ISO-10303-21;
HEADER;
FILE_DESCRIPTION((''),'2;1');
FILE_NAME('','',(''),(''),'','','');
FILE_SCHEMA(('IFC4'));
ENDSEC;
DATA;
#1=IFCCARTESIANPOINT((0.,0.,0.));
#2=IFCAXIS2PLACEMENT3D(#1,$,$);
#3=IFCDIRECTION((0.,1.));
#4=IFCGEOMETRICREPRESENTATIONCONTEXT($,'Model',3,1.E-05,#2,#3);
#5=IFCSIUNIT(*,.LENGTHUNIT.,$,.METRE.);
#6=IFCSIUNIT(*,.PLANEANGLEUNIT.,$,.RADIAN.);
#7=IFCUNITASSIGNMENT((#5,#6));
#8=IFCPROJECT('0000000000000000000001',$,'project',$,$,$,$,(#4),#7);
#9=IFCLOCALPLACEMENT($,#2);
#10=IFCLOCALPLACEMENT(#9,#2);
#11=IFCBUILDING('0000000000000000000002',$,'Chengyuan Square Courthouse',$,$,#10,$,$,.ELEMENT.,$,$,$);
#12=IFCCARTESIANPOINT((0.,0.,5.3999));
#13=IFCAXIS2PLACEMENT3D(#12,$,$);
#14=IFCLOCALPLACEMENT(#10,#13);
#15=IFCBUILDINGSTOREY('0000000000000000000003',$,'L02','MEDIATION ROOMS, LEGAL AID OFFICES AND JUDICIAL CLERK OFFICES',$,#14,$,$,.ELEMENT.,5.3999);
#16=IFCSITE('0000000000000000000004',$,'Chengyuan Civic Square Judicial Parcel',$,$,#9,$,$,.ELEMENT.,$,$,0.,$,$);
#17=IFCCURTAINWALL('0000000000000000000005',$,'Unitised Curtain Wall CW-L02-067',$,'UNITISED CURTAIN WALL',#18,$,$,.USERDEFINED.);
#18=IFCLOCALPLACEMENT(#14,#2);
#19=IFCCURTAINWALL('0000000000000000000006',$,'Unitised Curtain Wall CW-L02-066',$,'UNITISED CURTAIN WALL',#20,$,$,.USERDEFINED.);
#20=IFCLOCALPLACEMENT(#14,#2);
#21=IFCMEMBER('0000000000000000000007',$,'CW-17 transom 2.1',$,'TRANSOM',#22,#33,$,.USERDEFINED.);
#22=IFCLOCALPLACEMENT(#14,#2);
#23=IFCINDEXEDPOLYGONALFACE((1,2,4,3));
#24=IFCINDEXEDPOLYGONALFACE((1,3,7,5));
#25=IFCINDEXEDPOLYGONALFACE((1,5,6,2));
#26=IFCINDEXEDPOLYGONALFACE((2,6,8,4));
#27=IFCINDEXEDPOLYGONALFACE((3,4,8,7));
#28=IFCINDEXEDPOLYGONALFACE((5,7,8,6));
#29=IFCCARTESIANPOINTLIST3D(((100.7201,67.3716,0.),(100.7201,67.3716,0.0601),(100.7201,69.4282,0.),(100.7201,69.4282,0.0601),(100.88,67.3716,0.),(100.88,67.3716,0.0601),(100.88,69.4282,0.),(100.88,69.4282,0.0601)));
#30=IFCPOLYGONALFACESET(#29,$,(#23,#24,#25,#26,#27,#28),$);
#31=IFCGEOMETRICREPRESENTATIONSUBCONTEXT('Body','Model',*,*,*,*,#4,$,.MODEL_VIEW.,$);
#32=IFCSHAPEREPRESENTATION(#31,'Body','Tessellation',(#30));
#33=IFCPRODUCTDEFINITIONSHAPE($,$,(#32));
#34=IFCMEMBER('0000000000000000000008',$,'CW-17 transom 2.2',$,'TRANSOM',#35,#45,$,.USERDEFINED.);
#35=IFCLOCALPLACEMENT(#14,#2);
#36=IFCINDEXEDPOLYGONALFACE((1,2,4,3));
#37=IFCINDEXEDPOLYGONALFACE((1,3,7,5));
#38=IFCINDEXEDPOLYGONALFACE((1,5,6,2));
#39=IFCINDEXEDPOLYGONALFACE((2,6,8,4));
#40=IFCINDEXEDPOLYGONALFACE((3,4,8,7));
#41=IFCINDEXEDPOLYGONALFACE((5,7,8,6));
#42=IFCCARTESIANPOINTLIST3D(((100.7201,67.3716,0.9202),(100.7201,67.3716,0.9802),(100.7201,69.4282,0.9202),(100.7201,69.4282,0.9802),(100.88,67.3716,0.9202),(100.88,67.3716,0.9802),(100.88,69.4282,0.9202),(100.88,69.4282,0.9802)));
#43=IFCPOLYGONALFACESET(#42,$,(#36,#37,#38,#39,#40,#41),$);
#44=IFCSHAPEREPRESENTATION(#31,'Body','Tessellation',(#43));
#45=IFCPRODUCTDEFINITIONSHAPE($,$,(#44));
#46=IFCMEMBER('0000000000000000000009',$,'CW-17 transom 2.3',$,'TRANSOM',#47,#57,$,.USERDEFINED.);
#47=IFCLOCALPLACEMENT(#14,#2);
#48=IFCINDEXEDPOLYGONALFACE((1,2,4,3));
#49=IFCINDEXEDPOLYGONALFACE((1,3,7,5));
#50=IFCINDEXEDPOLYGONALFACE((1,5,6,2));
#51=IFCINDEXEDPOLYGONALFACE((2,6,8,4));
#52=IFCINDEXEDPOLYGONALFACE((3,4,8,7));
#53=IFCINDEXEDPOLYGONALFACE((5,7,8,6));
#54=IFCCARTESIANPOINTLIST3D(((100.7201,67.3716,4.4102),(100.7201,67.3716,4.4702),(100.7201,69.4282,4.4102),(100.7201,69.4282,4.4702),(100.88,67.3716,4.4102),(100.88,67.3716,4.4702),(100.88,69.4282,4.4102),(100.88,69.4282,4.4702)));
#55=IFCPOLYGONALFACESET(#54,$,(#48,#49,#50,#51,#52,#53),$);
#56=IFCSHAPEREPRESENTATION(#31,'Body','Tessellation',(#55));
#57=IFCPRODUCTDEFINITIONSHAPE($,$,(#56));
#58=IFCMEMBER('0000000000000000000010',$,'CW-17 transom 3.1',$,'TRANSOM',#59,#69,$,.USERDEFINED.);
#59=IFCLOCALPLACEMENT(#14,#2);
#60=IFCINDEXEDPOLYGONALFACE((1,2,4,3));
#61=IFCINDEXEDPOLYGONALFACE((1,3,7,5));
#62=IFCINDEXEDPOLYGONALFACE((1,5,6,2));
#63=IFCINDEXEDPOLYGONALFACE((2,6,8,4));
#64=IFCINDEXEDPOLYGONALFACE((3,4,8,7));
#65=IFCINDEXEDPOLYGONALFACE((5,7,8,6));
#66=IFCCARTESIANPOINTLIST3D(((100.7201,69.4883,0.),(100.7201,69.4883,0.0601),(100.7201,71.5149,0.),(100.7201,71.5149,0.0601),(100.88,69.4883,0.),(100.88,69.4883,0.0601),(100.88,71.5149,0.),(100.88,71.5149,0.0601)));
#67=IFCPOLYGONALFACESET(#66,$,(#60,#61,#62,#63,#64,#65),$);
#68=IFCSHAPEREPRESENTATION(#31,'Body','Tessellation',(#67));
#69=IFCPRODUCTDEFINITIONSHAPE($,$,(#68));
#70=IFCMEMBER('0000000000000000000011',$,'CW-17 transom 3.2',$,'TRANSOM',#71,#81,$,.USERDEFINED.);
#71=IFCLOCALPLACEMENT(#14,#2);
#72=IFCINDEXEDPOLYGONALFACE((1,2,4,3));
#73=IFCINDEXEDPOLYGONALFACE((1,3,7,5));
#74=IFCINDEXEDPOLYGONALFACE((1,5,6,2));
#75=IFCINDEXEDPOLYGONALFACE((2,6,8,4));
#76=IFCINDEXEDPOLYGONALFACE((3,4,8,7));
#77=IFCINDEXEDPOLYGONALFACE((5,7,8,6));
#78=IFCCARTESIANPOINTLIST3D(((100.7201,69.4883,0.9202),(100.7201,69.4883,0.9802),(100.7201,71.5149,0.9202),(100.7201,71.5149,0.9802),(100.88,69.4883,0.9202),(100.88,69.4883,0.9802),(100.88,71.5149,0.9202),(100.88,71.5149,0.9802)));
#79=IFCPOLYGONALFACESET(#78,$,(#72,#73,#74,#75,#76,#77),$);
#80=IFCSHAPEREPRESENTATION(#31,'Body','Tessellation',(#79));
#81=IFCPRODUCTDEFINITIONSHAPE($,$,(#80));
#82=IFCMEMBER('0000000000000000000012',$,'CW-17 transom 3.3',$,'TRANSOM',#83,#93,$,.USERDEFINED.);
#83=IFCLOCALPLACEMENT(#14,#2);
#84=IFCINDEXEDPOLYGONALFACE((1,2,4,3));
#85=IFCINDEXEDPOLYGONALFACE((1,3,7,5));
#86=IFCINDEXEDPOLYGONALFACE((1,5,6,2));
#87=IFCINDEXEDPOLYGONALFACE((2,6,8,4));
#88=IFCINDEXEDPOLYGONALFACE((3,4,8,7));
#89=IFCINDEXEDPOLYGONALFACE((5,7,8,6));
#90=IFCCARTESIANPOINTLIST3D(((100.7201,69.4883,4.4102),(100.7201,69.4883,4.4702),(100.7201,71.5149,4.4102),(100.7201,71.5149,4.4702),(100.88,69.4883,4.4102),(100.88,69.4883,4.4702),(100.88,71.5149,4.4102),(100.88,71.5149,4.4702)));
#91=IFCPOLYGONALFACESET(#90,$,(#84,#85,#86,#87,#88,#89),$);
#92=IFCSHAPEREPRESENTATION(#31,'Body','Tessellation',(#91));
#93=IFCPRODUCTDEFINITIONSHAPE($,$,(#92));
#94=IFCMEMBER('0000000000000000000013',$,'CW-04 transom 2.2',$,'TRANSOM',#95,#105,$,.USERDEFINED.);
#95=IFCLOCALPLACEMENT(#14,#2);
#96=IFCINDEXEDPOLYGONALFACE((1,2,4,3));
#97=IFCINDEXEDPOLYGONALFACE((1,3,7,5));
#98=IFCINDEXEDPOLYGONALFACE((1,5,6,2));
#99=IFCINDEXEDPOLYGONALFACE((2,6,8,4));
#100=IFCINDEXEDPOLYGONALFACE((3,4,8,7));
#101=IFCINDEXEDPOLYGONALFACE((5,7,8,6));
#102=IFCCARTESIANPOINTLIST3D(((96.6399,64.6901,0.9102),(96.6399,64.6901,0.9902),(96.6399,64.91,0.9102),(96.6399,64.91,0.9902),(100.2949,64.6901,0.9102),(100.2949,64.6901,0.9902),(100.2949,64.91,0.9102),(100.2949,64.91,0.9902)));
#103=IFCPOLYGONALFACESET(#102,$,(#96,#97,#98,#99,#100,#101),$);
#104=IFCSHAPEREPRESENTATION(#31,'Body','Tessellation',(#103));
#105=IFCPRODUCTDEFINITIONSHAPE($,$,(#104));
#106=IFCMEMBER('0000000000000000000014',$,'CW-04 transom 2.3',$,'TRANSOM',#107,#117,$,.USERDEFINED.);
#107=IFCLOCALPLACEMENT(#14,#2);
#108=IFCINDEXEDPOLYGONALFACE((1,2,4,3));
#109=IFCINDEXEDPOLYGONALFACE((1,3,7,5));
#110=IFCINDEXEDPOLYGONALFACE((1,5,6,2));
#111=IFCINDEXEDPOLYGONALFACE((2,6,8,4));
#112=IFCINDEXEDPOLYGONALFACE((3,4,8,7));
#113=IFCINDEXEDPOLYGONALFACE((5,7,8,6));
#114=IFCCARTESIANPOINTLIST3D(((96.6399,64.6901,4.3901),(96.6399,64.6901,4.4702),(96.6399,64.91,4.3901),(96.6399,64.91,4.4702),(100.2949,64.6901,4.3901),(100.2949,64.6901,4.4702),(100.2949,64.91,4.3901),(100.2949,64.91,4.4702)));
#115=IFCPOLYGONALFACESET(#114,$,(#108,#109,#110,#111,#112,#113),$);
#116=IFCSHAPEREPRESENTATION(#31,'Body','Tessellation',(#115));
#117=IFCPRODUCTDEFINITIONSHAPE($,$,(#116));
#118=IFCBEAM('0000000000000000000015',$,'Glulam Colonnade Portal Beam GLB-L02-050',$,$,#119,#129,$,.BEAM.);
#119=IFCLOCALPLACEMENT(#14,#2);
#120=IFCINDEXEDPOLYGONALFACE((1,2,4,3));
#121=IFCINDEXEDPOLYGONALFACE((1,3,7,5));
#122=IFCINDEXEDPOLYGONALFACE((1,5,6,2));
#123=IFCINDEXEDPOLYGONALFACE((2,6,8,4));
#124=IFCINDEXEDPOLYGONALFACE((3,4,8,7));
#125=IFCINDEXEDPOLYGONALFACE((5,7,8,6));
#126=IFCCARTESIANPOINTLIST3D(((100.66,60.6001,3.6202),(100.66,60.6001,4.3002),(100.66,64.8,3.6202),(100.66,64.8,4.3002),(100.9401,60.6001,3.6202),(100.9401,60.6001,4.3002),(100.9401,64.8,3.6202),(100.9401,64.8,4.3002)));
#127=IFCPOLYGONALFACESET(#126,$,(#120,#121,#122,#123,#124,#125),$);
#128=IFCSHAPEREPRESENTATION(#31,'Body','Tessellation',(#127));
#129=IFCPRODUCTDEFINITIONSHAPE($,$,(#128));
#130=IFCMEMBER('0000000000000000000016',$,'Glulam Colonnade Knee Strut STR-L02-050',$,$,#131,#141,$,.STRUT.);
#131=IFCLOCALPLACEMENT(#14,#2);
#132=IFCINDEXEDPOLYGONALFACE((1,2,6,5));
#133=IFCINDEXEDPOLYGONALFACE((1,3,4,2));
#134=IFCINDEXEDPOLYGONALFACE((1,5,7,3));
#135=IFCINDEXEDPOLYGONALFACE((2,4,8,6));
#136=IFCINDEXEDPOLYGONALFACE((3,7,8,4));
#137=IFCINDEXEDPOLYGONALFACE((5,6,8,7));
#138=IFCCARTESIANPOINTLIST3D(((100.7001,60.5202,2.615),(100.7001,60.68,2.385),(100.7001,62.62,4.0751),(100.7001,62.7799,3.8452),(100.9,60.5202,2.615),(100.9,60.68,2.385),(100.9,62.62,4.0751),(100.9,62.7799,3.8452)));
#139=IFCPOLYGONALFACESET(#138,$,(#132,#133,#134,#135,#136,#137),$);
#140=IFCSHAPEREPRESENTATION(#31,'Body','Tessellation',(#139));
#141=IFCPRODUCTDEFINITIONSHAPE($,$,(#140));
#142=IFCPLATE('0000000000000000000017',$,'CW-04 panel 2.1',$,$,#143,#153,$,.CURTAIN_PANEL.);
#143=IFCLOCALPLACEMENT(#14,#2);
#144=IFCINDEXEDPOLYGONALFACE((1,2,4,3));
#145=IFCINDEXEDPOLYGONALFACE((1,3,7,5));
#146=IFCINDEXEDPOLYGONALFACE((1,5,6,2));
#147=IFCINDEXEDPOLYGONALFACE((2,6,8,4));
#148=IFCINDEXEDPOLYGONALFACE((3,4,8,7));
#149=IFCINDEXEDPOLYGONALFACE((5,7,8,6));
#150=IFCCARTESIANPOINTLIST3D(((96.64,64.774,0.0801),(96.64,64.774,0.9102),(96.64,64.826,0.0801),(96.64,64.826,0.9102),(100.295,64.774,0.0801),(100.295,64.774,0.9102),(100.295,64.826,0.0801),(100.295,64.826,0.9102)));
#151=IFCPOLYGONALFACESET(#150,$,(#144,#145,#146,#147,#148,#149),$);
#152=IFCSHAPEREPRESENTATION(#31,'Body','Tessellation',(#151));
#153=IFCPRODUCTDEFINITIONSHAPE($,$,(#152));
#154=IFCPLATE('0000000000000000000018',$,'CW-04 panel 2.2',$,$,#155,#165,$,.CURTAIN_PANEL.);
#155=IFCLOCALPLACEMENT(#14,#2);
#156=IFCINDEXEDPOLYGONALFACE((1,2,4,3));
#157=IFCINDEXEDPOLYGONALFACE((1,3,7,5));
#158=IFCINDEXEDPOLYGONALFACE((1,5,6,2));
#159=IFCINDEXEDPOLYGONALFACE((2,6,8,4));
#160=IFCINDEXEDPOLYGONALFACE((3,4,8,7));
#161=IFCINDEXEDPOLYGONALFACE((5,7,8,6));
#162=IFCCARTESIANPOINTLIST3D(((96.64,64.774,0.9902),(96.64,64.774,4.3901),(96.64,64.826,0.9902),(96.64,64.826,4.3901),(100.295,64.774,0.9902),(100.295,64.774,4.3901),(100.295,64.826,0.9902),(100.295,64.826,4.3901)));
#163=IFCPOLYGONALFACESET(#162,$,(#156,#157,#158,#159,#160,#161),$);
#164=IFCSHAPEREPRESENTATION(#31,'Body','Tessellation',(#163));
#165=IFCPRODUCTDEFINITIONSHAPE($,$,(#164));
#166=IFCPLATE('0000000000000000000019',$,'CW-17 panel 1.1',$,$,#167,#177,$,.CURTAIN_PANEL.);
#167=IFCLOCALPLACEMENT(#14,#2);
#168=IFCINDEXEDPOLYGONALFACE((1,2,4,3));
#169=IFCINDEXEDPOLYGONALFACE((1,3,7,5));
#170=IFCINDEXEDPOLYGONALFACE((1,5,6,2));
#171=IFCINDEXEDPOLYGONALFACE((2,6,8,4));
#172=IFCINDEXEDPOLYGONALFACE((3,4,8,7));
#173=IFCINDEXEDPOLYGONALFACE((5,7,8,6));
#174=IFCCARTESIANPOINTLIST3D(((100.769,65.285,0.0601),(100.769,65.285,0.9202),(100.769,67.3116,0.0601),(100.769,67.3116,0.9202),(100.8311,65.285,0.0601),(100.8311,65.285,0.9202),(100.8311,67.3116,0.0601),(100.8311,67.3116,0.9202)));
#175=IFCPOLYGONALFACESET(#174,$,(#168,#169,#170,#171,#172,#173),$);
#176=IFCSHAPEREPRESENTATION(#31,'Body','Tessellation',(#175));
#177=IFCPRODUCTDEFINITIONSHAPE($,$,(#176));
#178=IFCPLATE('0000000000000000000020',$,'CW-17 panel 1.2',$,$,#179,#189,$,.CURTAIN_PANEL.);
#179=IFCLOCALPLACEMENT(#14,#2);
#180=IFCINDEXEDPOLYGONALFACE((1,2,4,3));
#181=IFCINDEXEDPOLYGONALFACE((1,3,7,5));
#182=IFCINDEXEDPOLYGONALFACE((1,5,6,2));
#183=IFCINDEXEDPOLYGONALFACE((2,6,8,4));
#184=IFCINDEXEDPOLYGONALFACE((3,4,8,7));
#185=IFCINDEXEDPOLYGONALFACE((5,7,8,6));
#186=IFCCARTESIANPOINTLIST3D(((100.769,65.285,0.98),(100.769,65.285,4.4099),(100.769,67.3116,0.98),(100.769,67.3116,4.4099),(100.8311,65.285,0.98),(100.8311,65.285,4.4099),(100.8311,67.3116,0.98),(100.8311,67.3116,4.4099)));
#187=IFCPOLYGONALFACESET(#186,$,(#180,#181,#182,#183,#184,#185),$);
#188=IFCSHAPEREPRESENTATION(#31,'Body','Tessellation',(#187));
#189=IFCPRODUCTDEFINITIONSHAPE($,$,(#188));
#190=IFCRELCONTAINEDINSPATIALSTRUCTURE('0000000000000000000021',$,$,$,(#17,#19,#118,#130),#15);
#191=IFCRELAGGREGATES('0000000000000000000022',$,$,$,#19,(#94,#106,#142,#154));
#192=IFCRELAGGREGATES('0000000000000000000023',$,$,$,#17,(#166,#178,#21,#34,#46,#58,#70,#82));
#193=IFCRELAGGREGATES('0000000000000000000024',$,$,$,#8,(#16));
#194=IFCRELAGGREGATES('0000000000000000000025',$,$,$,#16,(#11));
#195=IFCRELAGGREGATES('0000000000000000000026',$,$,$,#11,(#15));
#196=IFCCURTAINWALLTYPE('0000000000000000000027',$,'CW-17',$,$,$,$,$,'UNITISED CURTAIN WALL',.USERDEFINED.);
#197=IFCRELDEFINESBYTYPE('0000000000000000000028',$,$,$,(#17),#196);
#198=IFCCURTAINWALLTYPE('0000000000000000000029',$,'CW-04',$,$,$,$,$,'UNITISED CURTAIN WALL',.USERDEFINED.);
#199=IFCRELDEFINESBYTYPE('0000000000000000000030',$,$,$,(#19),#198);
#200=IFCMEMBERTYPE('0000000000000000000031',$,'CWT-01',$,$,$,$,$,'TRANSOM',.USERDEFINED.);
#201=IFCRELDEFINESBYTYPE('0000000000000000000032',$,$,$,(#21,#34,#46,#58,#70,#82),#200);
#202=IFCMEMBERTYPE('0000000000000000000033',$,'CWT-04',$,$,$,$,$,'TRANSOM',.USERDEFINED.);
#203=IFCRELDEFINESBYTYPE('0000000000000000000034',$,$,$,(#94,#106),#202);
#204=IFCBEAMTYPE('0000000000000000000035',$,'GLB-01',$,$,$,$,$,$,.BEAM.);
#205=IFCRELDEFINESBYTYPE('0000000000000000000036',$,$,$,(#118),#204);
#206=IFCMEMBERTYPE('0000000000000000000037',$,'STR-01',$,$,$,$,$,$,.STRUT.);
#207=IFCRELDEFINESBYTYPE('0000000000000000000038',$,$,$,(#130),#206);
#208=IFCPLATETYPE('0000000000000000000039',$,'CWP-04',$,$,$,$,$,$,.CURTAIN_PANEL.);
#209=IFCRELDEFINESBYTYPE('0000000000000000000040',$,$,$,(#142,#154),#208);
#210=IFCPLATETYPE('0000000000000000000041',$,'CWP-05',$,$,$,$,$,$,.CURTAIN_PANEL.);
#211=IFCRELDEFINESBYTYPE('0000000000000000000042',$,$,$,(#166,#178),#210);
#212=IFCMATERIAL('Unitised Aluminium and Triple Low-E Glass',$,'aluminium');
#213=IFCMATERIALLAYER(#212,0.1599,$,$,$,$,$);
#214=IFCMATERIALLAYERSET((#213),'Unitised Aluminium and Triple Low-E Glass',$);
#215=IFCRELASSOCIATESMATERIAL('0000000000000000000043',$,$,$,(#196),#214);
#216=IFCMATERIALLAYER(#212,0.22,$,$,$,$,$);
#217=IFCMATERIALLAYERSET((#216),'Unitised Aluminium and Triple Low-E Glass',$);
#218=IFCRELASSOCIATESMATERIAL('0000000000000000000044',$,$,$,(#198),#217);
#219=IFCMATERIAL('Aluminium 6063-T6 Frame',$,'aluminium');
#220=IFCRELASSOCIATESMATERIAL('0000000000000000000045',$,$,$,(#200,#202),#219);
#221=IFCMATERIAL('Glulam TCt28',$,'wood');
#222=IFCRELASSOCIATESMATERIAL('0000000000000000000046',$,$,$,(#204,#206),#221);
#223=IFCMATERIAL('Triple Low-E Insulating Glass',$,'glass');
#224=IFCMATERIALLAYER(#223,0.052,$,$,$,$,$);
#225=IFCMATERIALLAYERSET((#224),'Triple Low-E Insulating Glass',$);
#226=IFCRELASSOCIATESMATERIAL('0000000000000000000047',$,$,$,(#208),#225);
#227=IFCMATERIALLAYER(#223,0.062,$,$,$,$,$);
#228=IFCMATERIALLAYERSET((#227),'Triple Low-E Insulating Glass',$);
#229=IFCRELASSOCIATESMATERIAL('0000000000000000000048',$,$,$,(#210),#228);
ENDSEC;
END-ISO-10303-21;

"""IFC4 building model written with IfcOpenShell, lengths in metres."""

from ifc_helpers import new_model, si_unit, direction, frame, origin, origin_2d, place, context, subcontext, project, spatial, rectangle, extrude, material, layer, layer_set, material_profile, profile_set, type_object, element, aggregate, save


model = new_model("IFC4")

# Units and contexts
model_context = context("Model", 3, precision=1e-05, world=origin(), true_north=direction((0.0, 1.0)))
body_context = subcontext(model_context, "Body", "Model", "MODEL_VIEW")
ifc_project = project(units=[si_unit("LENGTHUNIT", "METRE"), si_unit("PLANEANGLEUNIT", "RADIAN")], contexts=[model_context])

# Site, building, storey
site_placement = place(None, origin())
site = spatial("IfcSite", under=ifc_project, at=site_placement, Name="Chengyuan Civic Square Judicial Parcel", CompositionType="ELEMENT", RefElevation=0.0)
building_placement = place(site_placement, origin())
building = spatial("IfcBuilding", under=site, at=building_placement, Name="Chengyuan Square Courthouse", CompositionType="ELEMENT")
storey_placement = place(building_placement, frame((0.0, 0.0, 5.3999)))
storey = spatial("IfcBuildingStorey", under=building, at=storey_placement, Name="L02", Description="MEDIATION ROOMS, LEGAL AID OFFICES AND JUDICIAL CLERK OFFICES", CompositionType="ELEMENT", Elevation=5.3999)

# Shared definitions
ifc_material_1 = material(Name="Glulam TCt28", Category="wood")

# Curtain wall
ifc_material_2 = material(Name="Unitised Aluminium and Triple Low-E Glass", Category="aluminium")
ifc_layer_1 = layer(ifc_material_2, 0.1599)
ifc_layer_set_1 = layer_set([ifc_layer_1], Name="Unitised Aluminium and Triple Low-E Glass")
curtain_wall_type_1 = type_object("IfcCurtainWallType", Name="CW-17", ElementType="UNITISED CURTAIN WALL", PredefinedType="USERDEFINED", material=ifc_layer_set_1)
curtain_wall_1_placement = place(storey_placement, origin())
curtain_wall_1 = element("IfcCurtainWall", 1, at=curtain_wall_1_placement, inside=storey, type_object=curtain_wall_type_1, Name="Unitised Curtain Wall CW-L02-067", ObjectType="UNITISED CURTAIN WALL", PredefinedType="USERDEFINED")
ifc_material_3 = material(Name="Aluminium 6063-T6 Frame", Category="aluminium")

# Curtain wall
ifc_layer_2 = layer(ifc_material_2, 0.22)
ifc_layer_set_2 = layer_set([ifc_layer_2], Name="Unitised Aluminium and Triple Low-E Glass")
curtain_wall_type_2 = type_object("IfcCurtainWallType", Name="CW-04", ElementType="UNITISED CURTAIN WALL", PredefinedType="USERDEFINED", material=ifc_layer_set_2)
curtain_wall_2_placement = place(storey_placement, origin())
curtain_wall_2 = element("IfcCurtainWall", 2, at=curtain_wall_2_placement, inside=storey, type_object=curtain_wall_type_2, Name="Unitised Curtain Wall CW-L02-066", ObjectType="UNITISED CURTAIN WALL", PredefinedType="USERDEFINED")

# Members
ifc_material_profile_1 = material_profile(ifc_material_3, rectangle(XDim=0.1599, YDim=0.0601, at=origin_2d()), Name="CW-TRN-60x120")
ifc_profile_set_1 = profile_set([ifc_material_profile_1], Name="Aluminium 6063-T6 Frame")
member_type_1 = type_object("IfcMemberType", Name="CWT-01", ElementType="TRANSOM", PredefinedType="USERDEFINED", material=ifc_profile_set_1)
member_1_placement = place(storey_placement, frame((100.8, 67.3716, 0.03), z_axis=(0.0, 1.0, 0.0), x_axis=(-1.0, 0.0, 0.0)))
member_1 = element("IfcMember", 3, at=member_1_placement, type_object=member_type_1, Name="CW-17 transom 2.1", ObjectType="TRANSOM", PredefinedType="USERDEFINED", context=body_context, shape_type="SweptSolid", body=[
    extrude(rectangle(XDim=0.1599, YDim=0.0601, at=origin_2d()), origin(), (0.0, 0.0, 1.0), 2.0566),
])
member_2_placement = place(storey_placement, frame((100.8, 67.3716, 0.9502), z_axis=(0.0, 1.0, 0.0), x_axis=(-1.0, 0.0, 0.0)))
member_2 = element("IfcMember", 4, at=member_2_placement, type_object=member_type_1, Name="CW-17 transom 2.2", ObjectType="TRANSOM", PredefinedType="USERDEFINED", context=body_context, shape_type="SweptSolid", body=[
    extrude(rectangle(XDim=0.1599, YDim=0.0601, at=origin_2d()), origin(), (0.0, 0.0, 1.0), 2.0566),
])
member_3_placement = place(storey_placement, frame((100.8, 67.3716, 4.4402), z_axis=(0.0, 1.0, 0.0), x_axis=(-1.0, 0.0, 0.0)))
member_3 = element("IfcMember", 5, at=member_3_placement, type_object=member_type_1, Name="CW-17 transom 2.3", ObjectType="TRANSOM", PredefinedType="USERDEFINED", context=body_context, shape_type="SweptSolid", body=[
    extrude(rectangle(XDim=0.1599, YDim=0.0601, at=origin_2d()), origin(), (0.0, 0.0, 1.0), 2.0566),
])
member_4_placement = place(storey_placement, frame((100.8, 69.4883, 0.03), z_axis=(0.0, 1.0, 0.0), x_axis=(-1.0, 0.0, 0.0)))
member_4 = element("IfcMember", 6, at=member_4_placement, type_object=member_type_1, Name="CW-17 transom 3.1", ObjectType="TRANSOM", PredefinedType="USERDEFINED", context=body_context, shape_type="SweptSolid", body=[
    extrude(rectangle(XDim=0.1599, YDim=0.0601, at=origin_2d()), origin(), (0.0, 0.0, 1.0), 2.0266),
])
member_5_placement = place(storey_placement, frame((100.8, 69.4883, 0.9502), z_axis=(0.0, 1.0, 0.0), x_axis=(-1.0, 0.0, 0.0)))
member_5 = element("IfcMember", 7, at=member_5_placement, type_object=member_type_1, Name="CW-17 transom 3.2", ObjectType="TRANSOM", PredefinedType="USERDEFINED", context=body_context, shape_type="SweptSolid", body=[
    extrude(rectangle(XDim=0.1599, YDim=0.0601, at=origin_2d()), origin(), (0.0, 0.0, 1.0), 2.0266),
])
member_6_placement = place(storey_placement, frame((100.8, 69.4883, 4.4402), z_axis=(0.0, 1.0, 0.0), x_axis=(-1.0, 0.0, 0.0)))
member_6 = element("IfcMember", 8, at=member_6_placement, type_object=member_type_1, Name="CW-17 transom 3.3", ObjectType="TRANSOM", PredefinedType="USERDEFINED", context=body_context, shape_type="SweptSolid", body=[
    extrude(rectangle(XDim=0.1599, YDim=0.0601, at=origin_2d()), origin(), (0.0, 0.0, 1.0), 2.0266),
])
ifc_material_profile_2 = material_profile(ifc_material_3, rectangle(XDim=0.22, YDim=0.0801, at=origin_2d()), Name="CW-TRN-80x180")
ifc_profile_set_2 = profile_set([ifc_material_profile_2], Name="Aluminium 6063-T6 Frame")
member_type_2 = type_object("IfcMemberType", Name="CWT-04", ElementType="TRANSOM", PredefinedType="USERDEFINED", material=ifc_profile_set_2)
member_7_placement = place(storey_placement, frame((96.6399, 64.8, 0.9502), z_axis=(1.0, 0.0, 0.0), x_axis=(0.0, 1.0, 0.0)))
member_7 = element("IfcMember", 9, at=member_7_placement, type_object=member_type_2, Name="CW-04 transom 2.2", ObjectType="TRANSOM", PredefinedType="USERDEFINED", context=body_context, shape_type="SweptSolid", body=[
    extrude(rectangle(XDim=0.22, YDim=0.0801, at=origin_2d()), origin(), (0.0, 0.0, 1.0), 3.655),
])
member_8_placement = place(storey_placement, frame((96.6399, 64.8, 4.4302), z_axis=(1.0, 0.0, 0.0), x_axis=(0.0, 1.0, 0.0)))
member_8 = element("IfcMember", 10, at=member_8_placement, type_object=member_type_2, Name="CW-04 transom 2.3", ObjectType="TRANSOM", PredefinedType="USERDEFINED", context=body_context, shape_type="SweptSolid", body=[
    extrude(rectangle(XDim=0.22, YDim=0.0801, at=origin_2d()), origin(), (0.0, 0.0, 1.0), 3.655),
])

# Beam
ifc_material_profile_3 = material_profile(ifc_material_1, rectangle(XDim=0.28, YDim=0.6799, at=origin_2d()), Name="GL-BM-280x680")
ifc_profile_set_3 = profile_set([ifc_material_profile_3], Name="Glulam TCt28")
beam_type_1 = type_object("IfcBeamType", Name="GLB-01", PredefinedType="BEAM", material=ifc_profile_set_3)
beam_placement = place(storey_placement, frame((100.8, 64.8, 3.9602), z_axis=(0.0, -1.0, 0.0), x_axis=(1.0, 0.0, 0.0)))
element("IfcBeam", 11, at=beam_placement, inside=storey, type_object=beam_type_1, Name="Glulam Colonnade Portal Beam GLB-L02-050", PredefinedType="BEAM", context=body_context, shape_type="SweptSolid", body=[
    extrude(rectangle(XDim=0.28, YDim=0.6799, at=origin_2d()), origin(), (0.0, 0.0, 1.0), 4.2),
])

# Member
ifc_material_profile_4 = material_profile(ifc_material_1, rectangle(XDim=0.2, YDim=0.28, at=origin_2d()), Name="GL-STR-200x280")
ifc_profile_set_4 = profile_set([ifc_material_profile_4], Name="Glulam TCt28")
member_type_3 = type_object("IfcMemberType", Name="STR-01", PredefinedType="STRUT", material=ifc_profile_set_4)
member_9_placement = place(storey_placement, frame((100.8, 60.6001, 2.5), z_axis=(0.0, 0.821008, 0.570916), x_axis=(-1.0, 0.0, 0.0)))
element("IfcMember", 12, at=member_9_placement, inside=storey, type_object=member_type_3, Name="Glulam Colonnade Knee Strut STR-L02-050", PredefinedType="STRUT", context=body_context, shape_type="SweptSolid", body=[
    extrude(rectangle(XDim=0.2, YDim=0.28, at=origin_2d()), origin(), (0.0, 0.0, 1.0), 2.5576),
])

# Plates
ifc_material_4 = material(Name="Triple Low-E Insulating Glass", Category="glass")
ifc_layer_3 = layer(ifc_material_4, 0.052)
ifc_layer_set_3 = layer_set([ifc_layer_3], Name="Triple Low-E Insulating Glass")
plate_type_1 = type_object("IfcPlateType", Name="CWP-04", PredefinedType="CURTAIN_PANEL", material=ifc_layer_set_3)
plate_1_placement = place(storey_placement, frame((98.4675, 64.8, 0.0801), z_axis=(0.0, 0.0, 1.0), x_axis=(1.0, 0.0, 0.0)))
plate_1 = element("IfcPlate", 13, at=plate_1_placement, type_object=plate_type_1, Name="CW-04 panel 2.1", PredefinedType="CURTAIN_PANEL", context=body_context, shape_type="SweptSolid", body=[
    extrude(rectangle(XDim=3.655, YDim=0.052, at=origin_2d()), origin(), (0.0, 0.0, 1.0), 0.8301),
])
plate_2_placement = place(storey_placement, frame((98.4675, 64.8, 0.9902), z_axis=(0.0, 0.0, 1.0), x_axis=(1.0, 0.0, 0.0)))
plate_2 = element("IfcPlate", 14, at=plate_2_placement, type_object=plate_type_1, Name="CW-04 panel 2.2", PredefinedType="CURTAIN_PANEL", context=body_context, shape_type="SweptSolid", body=[
    extrude(rectangle(XDim=3.655, YDim=0.052, at=origin_2d()), origin(), (0.0, 0.0, 1.0), 3.3999),
])
aggregate(curtain_wall_2, [member_7, member_8, plate_1, plate_2])
ifc_layer_4 = layer(ifc_material_4, 0.062)
ifc_layer_set_4 = layer_set([ifc_layer_4], Name="Triple Low-E Insulating Glass")
plate_type_2 = type_object("IfcPlateType", Name="CWP-05", PredefinedType="CURTAIN_PANEL", material=ifc_layer_set_4)
plate_3_placement = place(storey_placement, frame((100.8, 66.2983, 0.0601), z_axis=(0.0, 0.0, 1.0), x_axis=(0.0, 1.0, 0.0)))
plate_3 = element("IfcPlate", 15, at=plate_3_placement, type_object=plate_type_2, Name="CW-17 panel 1.1", PredefinedType="CURTAIN_PANEL", context=body_context, shape_type="SweptSolid", body=[
    extrude(rectangle(XDim=2.0266, YDim=0.062, at=origin_2d()), origin(), (0.0, 0.0, 1.0), 0.8601),
])
plate_4_placement = place(storey_placement, frame((100.8, 66.2983, 0.98), z_axis=(0.0, 0.0, 1.0), x_axis=(0.0, 1.0, 0.0)))
plate_4 = element("IfcPlate", 16, at=plate_4_placement, type_object=plate_type_2, Name="CW-17 panel 1.2", PredefinedType="CURTAIN_PANEL", context=body_context, shape_type="SweptSolid", body=[
    extrude(rectangle(XDim=2.0266, YDim=0.062, at=origin_2d()), origin(), (0.0, 0.0, 1.0), 3.4299),
])
aggregate(curtain_wall_1, [plate_3, plate_4, member_1, member_2, member_3, member_4, member_5, member_6])

save(model, "model.ifc")
